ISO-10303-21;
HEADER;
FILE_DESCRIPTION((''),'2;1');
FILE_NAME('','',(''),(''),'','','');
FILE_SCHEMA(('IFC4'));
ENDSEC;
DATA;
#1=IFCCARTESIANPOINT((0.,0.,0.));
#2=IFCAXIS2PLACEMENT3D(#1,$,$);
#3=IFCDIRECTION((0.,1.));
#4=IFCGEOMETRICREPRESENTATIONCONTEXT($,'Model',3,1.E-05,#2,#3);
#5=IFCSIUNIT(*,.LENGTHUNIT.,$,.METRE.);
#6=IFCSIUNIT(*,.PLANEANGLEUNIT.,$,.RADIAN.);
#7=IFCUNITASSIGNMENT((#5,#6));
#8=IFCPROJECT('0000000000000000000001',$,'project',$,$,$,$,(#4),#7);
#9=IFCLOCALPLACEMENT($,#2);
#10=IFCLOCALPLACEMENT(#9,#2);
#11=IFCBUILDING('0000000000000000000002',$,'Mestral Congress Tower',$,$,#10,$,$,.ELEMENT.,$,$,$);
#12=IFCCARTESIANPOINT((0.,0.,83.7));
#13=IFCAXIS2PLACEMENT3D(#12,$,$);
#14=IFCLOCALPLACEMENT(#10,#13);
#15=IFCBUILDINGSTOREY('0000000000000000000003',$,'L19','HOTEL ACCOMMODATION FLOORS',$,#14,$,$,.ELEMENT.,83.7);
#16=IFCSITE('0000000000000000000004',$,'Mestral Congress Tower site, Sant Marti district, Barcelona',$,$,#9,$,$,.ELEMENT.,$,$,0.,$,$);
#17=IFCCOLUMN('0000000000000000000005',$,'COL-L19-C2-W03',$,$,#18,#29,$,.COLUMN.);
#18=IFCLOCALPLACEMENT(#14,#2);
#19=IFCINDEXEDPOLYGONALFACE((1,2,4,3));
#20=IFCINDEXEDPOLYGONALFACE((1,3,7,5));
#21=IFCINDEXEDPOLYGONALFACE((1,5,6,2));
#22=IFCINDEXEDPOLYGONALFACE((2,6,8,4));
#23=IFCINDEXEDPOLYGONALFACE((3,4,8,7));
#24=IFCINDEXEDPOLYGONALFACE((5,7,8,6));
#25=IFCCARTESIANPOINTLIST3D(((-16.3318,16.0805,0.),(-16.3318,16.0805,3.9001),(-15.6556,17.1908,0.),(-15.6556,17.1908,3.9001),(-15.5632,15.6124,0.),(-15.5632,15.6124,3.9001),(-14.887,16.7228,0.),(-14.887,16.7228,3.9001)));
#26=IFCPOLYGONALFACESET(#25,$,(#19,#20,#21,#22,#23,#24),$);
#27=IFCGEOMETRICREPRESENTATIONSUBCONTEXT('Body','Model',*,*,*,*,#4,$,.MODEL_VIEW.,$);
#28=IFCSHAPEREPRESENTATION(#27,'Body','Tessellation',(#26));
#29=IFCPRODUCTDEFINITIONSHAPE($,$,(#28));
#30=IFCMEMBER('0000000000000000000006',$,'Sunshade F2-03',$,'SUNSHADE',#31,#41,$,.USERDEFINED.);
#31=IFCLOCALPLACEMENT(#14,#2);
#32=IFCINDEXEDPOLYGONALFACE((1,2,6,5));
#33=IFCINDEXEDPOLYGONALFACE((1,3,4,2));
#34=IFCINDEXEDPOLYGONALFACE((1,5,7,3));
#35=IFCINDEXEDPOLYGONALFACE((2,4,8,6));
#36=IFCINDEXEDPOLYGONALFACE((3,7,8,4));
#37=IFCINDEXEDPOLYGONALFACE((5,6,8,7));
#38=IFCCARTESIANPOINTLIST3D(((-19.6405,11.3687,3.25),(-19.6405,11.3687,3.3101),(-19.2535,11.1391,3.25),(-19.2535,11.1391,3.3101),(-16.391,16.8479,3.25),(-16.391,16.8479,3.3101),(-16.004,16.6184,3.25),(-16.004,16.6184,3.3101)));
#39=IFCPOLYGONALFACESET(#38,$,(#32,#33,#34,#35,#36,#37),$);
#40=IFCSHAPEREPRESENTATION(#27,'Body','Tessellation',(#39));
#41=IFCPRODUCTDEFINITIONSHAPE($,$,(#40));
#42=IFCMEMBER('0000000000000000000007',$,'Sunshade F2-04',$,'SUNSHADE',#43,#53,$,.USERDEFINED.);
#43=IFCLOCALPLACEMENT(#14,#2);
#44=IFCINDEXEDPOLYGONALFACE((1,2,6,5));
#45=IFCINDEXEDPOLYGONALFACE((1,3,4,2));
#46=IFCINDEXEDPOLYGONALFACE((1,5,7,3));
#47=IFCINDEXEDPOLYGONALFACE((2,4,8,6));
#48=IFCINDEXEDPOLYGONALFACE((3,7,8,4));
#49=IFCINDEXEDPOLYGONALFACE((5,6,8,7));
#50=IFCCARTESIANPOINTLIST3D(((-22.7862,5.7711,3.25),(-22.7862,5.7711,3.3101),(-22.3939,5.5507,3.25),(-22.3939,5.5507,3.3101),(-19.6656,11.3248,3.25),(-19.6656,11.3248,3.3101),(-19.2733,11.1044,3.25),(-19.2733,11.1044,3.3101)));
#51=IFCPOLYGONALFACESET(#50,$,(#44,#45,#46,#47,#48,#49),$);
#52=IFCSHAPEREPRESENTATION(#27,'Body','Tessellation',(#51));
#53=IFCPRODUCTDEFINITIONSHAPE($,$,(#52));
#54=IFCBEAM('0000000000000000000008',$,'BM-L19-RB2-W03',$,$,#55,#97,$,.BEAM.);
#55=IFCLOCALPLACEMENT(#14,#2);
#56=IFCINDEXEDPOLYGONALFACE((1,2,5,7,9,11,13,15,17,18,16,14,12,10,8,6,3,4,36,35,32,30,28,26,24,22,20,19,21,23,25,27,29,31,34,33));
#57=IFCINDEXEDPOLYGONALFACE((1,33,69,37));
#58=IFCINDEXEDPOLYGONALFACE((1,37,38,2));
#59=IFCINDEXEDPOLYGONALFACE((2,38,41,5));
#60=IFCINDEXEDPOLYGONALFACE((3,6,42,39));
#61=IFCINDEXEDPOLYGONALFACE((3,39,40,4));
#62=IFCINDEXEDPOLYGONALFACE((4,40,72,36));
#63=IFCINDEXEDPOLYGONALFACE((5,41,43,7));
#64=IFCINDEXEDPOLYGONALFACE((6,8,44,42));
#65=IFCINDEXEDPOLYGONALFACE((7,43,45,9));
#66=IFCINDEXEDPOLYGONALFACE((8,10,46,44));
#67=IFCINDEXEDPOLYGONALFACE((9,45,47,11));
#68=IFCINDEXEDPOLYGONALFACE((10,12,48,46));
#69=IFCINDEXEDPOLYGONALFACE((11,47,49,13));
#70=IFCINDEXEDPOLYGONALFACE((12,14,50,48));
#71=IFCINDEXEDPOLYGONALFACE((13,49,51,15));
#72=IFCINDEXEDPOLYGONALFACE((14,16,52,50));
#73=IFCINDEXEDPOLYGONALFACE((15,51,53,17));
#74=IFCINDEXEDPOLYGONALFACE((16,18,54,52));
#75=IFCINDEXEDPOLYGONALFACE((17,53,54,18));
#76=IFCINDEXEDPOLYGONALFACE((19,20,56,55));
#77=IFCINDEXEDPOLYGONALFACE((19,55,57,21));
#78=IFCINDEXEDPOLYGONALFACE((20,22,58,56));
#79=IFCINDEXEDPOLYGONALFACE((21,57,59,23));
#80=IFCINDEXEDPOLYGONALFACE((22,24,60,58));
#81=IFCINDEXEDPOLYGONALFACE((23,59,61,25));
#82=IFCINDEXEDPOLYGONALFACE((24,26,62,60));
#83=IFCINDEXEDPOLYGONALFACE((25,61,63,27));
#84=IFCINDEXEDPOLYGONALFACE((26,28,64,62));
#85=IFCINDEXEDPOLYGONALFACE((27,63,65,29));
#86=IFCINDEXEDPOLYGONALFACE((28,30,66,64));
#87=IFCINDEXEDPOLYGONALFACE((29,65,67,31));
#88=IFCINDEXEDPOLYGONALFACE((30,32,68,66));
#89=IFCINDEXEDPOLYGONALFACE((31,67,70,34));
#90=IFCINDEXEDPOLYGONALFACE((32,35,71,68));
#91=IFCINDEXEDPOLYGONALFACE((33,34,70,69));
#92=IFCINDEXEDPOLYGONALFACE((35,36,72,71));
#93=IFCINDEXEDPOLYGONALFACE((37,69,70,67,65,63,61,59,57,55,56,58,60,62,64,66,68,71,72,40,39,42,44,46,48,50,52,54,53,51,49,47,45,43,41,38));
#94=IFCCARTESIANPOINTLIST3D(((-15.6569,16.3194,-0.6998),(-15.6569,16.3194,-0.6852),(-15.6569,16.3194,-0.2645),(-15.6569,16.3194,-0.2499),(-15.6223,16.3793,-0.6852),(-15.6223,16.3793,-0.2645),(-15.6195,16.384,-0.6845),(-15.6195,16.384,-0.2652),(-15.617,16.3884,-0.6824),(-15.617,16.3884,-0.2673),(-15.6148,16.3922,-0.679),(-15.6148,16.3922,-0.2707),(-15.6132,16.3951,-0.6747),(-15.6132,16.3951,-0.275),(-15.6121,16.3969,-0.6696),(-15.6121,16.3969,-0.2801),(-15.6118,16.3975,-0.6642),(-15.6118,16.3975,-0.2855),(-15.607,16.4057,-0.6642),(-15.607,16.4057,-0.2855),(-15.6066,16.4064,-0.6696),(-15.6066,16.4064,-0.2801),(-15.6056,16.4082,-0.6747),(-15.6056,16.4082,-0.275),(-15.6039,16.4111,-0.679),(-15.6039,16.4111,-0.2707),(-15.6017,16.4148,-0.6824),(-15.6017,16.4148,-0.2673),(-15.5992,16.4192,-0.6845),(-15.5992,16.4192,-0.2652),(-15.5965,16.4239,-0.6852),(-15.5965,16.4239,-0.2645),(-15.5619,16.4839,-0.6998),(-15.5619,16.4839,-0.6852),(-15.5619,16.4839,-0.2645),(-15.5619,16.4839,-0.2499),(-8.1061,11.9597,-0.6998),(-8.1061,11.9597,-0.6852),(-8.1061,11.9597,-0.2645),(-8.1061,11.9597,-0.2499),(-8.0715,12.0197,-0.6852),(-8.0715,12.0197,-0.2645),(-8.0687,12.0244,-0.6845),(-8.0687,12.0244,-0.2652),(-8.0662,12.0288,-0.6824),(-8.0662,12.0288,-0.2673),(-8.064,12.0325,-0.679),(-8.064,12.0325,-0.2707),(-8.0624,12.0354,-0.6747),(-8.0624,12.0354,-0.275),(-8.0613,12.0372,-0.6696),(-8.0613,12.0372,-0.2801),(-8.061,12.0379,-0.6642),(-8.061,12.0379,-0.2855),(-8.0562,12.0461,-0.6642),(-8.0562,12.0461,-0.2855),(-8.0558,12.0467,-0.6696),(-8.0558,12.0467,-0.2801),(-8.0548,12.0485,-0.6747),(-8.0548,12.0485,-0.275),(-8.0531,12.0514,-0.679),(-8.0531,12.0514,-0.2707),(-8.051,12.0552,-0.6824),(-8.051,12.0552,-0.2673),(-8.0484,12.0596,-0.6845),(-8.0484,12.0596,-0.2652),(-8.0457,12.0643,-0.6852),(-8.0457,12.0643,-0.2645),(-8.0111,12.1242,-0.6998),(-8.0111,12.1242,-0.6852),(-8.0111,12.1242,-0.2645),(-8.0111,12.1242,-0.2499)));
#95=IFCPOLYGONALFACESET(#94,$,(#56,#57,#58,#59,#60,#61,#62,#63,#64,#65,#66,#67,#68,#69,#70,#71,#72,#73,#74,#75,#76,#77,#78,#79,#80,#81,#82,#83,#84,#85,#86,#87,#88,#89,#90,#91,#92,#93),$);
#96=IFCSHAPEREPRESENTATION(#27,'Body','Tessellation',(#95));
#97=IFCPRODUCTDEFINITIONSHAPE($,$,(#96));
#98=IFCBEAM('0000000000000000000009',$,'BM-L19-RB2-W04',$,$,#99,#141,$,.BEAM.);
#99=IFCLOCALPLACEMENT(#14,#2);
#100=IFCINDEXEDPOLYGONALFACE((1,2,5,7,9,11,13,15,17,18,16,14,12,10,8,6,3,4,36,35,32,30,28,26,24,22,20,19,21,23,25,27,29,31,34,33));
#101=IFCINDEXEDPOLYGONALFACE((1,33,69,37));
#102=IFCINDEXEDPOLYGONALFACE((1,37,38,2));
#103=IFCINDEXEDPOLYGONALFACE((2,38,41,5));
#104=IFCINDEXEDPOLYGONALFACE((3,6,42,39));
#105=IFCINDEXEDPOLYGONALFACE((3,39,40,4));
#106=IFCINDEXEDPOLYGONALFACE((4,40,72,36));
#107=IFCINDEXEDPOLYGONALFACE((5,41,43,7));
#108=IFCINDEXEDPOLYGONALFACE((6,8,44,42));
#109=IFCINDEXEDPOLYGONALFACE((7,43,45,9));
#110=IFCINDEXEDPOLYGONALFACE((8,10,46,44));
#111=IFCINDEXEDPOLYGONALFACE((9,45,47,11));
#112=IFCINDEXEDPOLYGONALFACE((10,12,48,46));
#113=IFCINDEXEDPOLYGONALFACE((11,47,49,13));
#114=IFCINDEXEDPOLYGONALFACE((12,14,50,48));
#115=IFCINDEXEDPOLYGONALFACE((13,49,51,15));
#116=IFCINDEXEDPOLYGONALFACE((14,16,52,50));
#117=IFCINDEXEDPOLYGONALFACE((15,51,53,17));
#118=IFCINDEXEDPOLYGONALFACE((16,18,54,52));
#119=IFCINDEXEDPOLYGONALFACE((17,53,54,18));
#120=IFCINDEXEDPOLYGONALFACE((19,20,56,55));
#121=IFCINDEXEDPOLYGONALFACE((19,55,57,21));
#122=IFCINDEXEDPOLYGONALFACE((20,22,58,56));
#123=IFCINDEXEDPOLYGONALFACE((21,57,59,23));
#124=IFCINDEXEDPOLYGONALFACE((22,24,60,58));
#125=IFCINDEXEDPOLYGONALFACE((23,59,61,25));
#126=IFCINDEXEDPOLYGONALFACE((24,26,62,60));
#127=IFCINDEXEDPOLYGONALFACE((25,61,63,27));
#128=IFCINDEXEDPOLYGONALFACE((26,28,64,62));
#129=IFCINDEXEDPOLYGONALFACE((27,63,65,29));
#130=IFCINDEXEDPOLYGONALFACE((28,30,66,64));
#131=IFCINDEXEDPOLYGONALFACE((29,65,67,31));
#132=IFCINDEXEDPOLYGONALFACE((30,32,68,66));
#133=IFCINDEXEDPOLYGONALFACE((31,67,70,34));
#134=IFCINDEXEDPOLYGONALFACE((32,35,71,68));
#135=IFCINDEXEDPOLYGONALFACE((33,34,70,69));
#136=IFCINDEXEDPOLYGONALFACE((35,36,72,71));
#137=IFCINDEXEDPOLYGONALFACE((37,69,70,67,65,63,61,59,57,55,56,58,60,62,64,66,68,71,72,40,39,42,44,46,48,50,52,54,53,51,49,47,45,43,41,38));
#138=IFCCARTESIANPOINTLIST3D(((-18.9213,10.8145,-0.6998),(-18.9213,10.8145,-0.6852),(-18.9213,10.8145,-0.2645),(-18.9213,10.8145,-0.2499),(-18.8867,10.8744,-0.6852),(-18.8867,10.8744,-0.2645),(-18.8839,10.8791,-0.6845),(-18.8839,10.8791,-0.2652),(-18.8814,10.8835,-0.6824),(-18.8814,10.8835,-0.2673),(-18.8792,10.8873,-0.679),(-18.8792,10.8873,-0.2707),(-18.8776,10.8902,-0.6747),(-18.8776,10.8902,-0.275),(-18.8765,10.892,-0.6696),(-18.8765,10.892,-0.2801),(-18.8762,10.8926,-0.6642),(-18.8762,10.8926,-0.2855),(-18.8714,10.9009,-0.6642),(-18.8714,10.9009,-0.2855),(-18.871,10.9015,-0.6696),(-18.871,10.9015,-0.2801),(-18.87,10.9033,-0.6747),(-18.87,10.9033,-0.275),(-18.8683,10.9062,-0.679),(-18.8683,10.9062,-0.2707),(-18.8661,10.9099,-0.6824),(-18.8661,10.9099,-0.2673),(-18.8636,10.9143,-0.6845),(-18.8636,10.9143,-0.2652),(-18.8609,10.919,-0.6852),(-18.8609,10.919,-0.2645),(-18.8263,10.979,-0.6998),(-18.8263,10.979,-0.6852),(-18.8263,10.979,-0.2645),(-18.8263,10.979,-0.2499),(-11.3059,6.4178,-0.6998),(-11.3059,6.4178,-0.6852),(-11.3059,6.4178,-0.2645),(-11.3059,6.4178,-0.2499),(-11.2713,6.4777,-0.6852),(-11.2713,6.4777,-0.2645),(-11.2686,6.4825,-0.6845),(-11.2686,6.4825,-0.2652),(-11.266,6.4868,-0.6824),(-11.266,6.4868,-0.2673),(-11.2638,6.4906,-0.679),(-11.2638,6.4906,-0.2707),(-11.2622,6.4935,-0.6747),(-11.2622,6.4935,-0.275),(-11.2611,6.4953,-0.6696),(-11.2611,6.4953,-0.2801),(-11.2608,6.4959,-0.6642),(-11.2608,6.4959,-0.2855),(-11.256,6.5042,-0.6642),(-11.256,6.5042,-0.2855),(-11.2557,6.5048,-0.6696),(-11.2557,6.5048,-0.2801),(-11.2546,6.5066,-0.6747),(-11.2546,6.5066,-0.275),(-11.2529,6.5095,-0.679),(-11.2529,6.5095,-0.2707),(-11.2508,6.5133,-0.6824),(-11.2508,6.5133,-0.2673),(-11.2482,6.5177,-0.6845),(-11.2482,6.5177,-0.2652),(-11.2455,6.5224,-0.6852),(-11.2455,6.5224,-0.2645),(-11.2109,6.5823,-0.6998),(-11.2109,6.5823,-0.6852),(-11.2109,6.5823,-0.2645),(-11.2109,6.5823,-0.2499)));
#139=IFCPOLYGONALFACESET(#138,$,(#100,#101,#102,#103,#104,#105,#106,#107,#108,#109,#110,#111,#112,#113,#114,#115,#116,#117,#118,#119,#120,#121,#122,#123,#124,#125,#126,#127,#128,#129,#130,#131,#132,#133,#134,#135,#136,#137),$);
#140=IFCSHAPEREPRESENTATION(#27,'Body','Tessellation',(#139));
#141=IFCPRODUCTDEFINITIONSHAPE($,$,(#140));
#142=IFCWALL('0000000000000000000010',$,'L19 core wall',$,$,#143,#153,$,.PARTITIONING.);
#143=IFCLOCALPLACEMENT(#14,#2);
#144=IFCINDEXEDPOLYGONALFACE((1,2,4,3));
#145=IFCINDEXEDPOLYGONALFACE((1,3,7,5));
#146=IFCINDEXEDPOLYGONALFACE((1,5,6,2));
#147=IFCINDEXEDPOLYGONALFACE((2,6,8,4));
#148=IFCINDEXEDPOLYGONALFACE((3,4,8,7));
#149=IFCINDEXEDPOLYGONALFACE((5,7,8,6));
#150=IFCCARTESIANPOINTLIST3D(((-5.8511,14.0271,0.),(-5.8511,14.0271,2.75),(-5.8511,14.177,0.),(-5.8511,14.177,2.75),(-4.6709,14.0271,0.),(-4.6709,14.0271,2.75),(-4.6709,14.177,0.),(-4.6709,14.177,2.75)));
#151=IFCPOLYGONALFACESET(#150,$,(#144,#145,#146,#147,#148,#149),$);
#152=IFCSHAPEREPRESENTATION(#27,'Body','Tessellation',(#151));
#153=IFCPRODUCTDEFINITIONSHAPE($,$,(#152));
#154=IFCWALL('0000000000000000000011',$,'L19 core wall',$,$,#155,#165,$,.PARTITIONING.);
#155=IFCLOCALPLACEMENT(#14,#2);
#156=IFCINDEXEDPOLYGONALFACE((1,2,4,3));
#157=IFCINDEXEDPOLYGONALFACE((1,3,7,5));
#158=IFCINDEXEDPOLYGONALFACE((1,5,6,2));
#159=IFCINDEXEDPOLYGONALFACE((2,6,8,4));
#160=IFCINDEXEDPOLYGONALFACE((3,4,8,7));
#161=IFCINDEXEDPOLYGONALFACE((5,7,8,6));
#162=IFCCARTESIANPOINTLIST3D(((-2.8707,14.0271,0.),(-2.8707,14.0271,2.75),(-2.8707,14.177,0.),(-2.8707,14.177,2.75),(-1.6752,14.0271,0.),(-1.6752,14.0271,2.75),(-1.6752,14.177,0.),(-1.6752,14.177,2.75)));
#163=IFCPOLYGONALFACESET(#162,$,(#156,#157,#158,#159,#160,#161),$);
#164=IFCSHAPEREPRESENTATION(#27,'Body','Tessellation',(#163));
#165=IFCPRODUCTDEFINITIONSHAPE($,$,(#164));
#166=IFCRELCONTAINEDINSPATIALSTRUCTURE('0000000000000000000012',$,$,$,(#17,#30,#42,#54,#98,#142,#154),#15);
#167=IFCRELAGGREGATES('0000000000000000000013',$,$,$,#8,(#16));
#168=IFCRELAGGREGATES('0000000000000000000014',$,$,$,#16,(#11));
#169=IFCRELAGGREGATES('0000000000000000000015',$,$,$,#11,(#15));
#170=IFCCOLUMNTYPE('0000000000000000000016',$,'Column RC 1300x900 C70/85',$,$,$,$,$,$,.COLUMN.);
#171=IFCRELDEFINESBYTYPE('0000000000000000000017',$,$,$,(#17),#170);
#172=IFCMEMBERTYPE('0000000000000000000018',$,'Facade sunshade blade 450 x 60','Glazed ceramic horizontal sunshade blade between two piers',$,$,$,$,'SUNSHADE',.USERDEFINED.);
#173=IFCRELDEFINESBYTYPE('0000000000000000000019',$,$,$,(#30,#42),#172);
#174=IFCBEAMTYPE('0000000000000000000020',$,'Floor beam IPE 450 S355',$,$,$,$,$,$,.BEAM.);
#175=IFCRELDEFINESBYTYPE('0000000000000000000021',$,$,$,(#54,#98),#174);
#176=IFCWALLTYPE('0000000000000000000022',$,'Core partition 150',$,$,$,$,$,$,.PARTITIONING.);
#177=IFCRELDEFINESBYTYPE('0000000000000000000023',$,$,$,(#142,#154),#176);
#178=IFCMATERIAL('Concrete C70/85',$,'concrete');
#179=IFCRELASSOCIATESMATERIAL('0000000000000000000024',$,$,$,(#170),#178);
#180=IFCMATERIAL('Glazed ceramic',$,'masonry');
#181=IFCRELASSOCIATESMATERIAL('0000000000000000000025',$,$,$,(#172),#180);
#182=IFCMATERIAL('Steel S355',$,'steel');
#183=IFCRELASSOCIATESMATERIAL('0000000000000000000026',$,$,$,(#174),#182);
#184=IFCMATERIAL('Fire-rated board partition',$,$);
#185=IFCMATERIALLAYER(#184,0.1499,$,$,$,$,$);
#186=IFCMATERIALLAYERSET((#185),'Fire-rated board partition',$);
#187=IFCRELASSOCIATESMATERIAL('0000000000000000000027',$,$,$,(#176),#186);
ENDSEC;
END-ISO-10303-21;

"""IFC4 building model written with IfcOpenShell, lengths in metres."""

from ifc_helpers import new_model, si_unit, direction, frame, frame_2d, origin, origin_2d, place, context, subcontext, project, spatial, rectangle, i_section, extrude, material, layer, layer_set, material_profile, profile_set, type_object, element, save


model = new_model("IFC4")

# Units and contexts
model_context = context("Model", 3, precision=1e-05, world=origin(), true_north=direction((0.0, 1.0)))
body_context = subcontext(model_context, "Body", "Model", "MODEL_VIEW")
ifc_project = project(units=[si_unit("LENGTHUNIT", "METRE"), si_unit("PLANEANGLEUNIT", "RADIAN")], contexts=[model_context])

# Site, building, storey
site_placement = place(None, origin())
site = spatial("IfcSite", under=ifc_project, at=site_placement, Name="Mestral Congress Tower site, Sant Marti district, Barcelona", CompositionType="ELEMENT", RefElevation=0.0)
building_placement = place(site_placement, origin())
building = spatial("IfcBuilding", under=site, at=building_placement, Name="Mestral Congress Tower", CompositionType="ELEMENT")
storey_placement = place(building_placement, frame((0.0, 0.0, 83.7)))
storey = spatial("IfcBuildingStorey", under=building, at=storey_placement, Name="L19", Description="HOTEL ACCOMMODATION FLOORS", CompositionType="ELEMENT", Elevation=83.7)

# Column
ifc_material_1 = material(Name="Concrete C70/85", Category="concrete")
ifc_material_profile_1 = material_profile(ifc_material_1, rectangle(XDim=1.3, YDim=0.8999, at=origin_2d()), Name="RC 1300x900")
ifc_profile_set_1 = profile_set([ifc_material_profile_1], Name="Concrete C70/85")
column_type = type_object("IfcColumnType", Name="Column RC 1300x900 C70/85", PredefinedType="COLUMN", material=ifc_profile_set_1)
column_placement = place(storey_placement, frame((-15.6094, 16.4016, 0.0), z_axis=(0.0, 0.0, 1.0), x_axis=(-0.520114, -0.854097, 0.0)))
element("IfcColumn", 1, at=column_placement, inside=storey, type_object=column_type, Name="COL-L19-C2-W03", PredefinedType="COLUMN", context=body_context, shape_type="SweptSolid", body=[
    extrude(rectangle(XDim=1.3, YDim=0.8999, at=origin_2d()), origin(), (0.0, 0.0, 1.0), 3.9001),
])

# Members
ifc_material_2 = material(Name="Glazed ceramic", Category="masonry")
ifc_material_profile_2 = material_profile(ifc_material_2, rectangle(XDim=0.45, YDim=0.0601, at=origin_2d()), Name="Ceramic blade 450 x 60")
ifc_profile_set_2 = profile_set([ifc_material_profile_2], Name="Glazed ceramic")
member_type = type_object("IfcMemberType", Name="Facade sunshade blade 450 x 60", Description="Glazed ceramic horizontal sunshade blade between two piers", ElementType="SUNSHADE", PredefinedType="USERDEFINED", material=ifc_profile_set_2)
for number, where, z_axis, x_axis, name in (
    (2, (-16.1975, 16.7332, 3.28), (-0.510099, -0.860116, 0.0), (0.860116, -0.510099, 0.0), "Sunshade F2-03"),
    (3, (-19.4695, 11.2146, 3.28), (-0.489861, -0.871801, 0.0), (0.871801, -0.489861, 0.0), "Sunshade F2-04"),
):
    element("IfcMember", number, at=place(storey_placement, frame(where, z_axis=z_axis, x_axis=x_axis)), inside=storey, type_object=member_type, Name=name, ObjectType="SUNSHADE", PredefinedType="USERDEFINED", context=body_context, shape_type="SweptSolid", body=[
        extrude(rectangle(XDim=0.45, YDim=0.0601, at=origin_2d()), origin(), (0.0, 0.0, 1.0), 6.3704),
    ])

# Beams
ifc_material_3 = material(Name="Steel S355", Category="steel")
ifc_material_profile_3 = material_profile(ifc_material_3, i_section(OverallWidth=0.1899, OverallDepth=0.45, WebThickness=0.0095, FlangeThickness=0.0146, FilletRadius=0.021, at=origin_2d()), Name="IPE 450")
ifc_profile_set_3 = profile_set([ifc_material_profile_3], Name="Steel S355")
beam_type = type_object("IfcBeamType", Name="Floor beam IPE 450 S355", PredefinedType="BEAM", material=ifc_profile_set_3)
beam_1_placement = place(storey_placement, frame((-15.6094, 16.4016, -0.4749), z_axis=(0.866017, -0.500015, 0.0), x_axis=(0.500015, 0.866017, 0.0)))
element("IfcBeam", 4, at=beam_1_placement, inside=storey, type_object=beam_type, Name="BM-L19-RB2-W03", PredefinedType="BEAM", context=body_context, shape_type="SweptSolid", body=[
    extrude(i_section(OverallWidth=0.1899, OverallDepth=0.45, WebThickness=0.0095, FlangeThickness=0.0146, FilletRadius=0.021, at=origin_2d()), origin(), (0.0, 0.0, 1.0), 8.719),
])
beam_2_placement = place(storey_placement, frame((-18.8738, 10.8967, -0.4749), z_axis=(0.866029, -0.499994, 0.0), x_axis=(0.499994, 0.866029, 0.0)))
element("IfcBeam", 5, at=beam_2_placement, inside=storey, type_object=beam_type, Name="BM-L19-RB2-W04", PredefinedType="BEAM", context=body_context, shape_type="SweptSolid", body=[
    extrude(i_section(OverallWidth=0.1899, OverallDepth=0.45, WebThickness=0.0095, FlangeThickness=0.0146, FilletRadius=0.021, at=origin_2d()), origin(), (0.0, 0.0, 1.0), 8.7935),
])

# Walls
ifc_material_4 = material(Name="Fire-rated board partition")
ifc_layer_1 = layer(ifc_material_4, 0.1499)
ifc_layer_set_1 = layer_set([ifc_layer_1], Name="Fire-rated board partition")
wall_type_1 = type_object("IfcWallType", Name="Core partition 150", PredefinedType="PARTITIONING", material=ifc_layer_set_1)
wall_1_placement = place(storey_placement, frame((-5.8511, 14.1021, 0.0), z_axis=(0.0, 0.0, 1.0), x_axis=(1.0, 0.0, 0.0)))
element("IfcWall", 6, at=wall_1_placement, inside=storey, type_object=wall_type_1, Name="L19 core wall", PredefinedType="PARTITIONING", context=body_context, shape_type="SweptSolid", body=[
    extrude(rectangle(XDim=1.1802, YDim=0.1499, at=frame_2d((0.5901, 0.0))), origin(), (0.0, 0.0, 1.0), 2.75),
])
wall_2_placement = place(storey_placement, frame((-2.8706, 14.1021, 0.0), z_axis=(0.0, 0.0, 1.0), x_axis=(1.0, 0.0, 0.0)))
element("IfcWall", 7, at=wall_2_placement, inside=storey, type_object=wall_type_1, Name="L19 core wall", PredefinedType="PARTITIONING", context=body_context, shape_type="SweptSolid", body=[
    extrude(rectangle(XDim=1.1956, YDim=0.1499, at=frame_2d((0.5977, 0.0))), origin(), (0.0, 0.0, 1.0), 2.75),
])

save(model, "model.ifc")
